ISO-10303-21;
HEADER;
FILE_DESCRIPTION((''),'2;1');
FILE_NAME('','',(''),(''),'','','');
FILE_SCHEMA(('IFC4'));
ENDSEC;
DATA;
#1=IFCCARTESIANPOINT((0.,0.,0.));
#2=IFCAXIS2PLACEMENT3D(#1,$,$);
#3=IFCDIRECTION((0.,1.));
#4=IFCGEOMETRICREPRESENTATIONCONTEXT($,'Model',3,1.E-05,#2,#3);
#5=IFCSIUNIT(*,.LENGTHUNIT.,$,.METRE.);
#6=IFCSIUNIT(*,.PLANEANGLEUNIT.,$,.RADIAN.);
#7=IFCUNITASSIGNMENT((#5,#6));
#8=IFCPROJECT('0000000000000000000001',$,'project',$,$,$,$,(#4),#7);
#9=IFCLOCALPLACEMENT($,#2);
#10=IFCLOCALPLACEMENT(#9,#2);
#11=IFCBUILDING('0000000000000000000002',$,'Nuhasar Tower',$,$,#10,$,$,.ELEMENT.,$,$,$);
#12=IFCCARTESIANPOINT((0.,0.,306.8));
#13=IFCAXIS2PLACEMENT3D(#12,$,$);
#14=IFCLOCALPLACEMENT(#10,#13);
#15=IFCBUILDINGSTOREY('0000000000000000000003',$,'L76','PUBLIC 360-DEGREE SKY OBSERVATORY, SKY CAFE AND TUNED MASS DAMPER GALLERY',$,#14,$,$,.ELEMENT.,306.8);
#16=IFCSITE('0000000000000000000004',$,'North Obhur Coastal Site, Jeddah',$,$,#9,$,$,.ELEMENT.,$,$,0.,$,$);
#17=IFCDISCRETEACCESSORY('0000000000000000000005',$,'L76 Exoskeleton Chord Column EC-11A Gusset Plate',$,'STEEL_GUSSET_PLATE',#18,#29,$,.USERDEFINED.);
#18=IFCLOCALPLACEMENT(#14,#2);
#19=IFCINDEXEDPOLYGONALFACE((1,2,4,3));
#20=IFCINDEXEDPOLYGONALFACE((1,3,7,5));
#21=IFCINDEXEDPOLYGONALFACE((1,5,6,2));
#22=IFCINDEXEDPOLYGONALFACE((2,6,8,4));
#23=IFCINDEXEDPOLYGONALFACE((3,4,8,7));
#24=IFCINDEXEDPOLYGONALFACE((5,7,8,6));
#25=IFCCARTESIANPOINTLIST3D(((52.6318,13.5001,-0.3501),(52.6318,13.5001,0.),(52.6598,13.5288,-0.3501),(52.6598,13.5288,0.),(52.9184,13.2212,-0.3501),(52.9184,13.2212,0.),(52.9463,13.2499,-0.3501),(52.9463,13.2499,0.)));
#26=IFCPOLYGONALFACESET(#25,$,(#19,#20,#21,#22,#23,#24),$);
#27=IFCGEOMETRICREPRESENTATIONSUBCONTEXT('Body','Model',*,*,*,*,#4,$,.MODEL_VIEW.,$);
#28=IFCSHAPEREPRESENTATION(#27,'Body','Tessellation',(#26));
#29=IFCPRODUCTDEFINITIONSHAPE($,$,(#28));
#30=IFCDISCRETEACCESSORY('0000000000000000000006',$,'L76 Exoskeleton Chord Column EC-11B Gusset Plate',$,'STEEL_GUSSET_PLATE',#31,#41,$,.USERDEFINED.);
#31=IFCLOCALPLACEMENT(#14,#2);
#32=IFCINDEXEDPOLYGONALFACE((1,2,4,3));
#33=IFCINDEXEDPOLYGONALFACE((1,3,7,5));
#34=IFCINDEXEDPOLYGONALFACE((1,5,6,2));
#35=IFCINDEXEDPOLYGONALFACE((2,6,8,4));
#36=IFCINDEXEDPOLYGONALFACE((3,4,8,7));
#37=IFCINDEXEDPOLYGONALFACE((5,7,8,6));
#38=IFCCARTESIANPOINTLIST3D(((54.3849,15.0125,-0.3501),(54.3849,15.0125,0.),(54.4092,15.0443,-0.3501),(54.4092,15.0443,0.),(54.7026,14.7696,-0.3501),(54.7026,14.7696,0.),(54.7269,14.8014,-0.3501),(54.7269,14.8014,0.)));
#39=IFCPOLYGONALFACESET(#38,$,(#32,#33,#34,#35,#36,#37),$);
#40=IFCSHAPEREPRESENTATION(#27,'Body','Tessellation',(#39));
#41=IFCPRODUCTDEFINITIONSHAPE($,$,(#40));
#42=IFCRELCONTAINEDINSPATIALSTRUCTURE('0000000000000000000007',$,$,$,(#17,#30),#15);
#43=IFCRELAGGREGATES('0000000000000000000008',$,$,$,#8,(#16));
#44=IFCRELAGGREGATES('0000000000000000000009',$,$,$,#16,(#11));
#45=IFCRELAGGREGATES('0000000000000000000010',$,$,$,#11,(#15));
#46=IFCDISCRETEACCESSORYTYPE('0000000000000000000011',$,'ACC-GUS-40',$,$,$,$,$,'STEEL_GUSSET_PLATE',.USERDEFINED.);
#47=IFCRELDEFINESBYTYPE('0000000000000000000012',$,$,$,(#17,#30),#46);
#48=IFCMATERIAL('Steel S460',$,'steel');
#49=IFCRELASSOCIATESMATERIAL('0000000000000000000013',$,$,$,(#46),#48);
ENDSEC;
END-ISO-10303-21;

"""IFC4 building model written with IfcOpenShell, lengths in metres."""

from ifc_helpers import new_model, si_unit, direction, frame, origin, origin_2d, place, context, subcontext, project, spatial, rectangle, extrude, material, type_object, element, save


model = new_model("IFC4")

# Units and contexts
model_context = context("Model", 3, precision=1e-05, world=origin(), true_north=direction((0.0, 1.0)))
body_context = subcontext(model_context, "Body", "Model", "MODEL_VIEW")
ifc_project = project(units=[si_unit("LENGTHUNIT", "METRE"), si_unit("PLANEANGLEUNIT", "RADIAN")], contexts=[model_context])

# Site, building, storey
site_placement = place(None, origin())
site = spatial("IfcSite", under=ifc_project, at=site_placement, Name="North Obhur Coastal Site, Jeddah", CompositionType="ELEMENT", RefElevation=0.0)
building_placement = place(site_placement, origin())
building = spatial("IfcBuilding", under=site, at=building_placement, Name="Nuhasar Tower", CompositionType="ELEMENT")
storey_placement = place(building_placement, frame((0.0, 0.0, 306.8)))
storey = spatial("IfcBuildingStorey", under=building, at=storey_placement, Name="L76", Description="PUBLIC 360-DEGREE SKY OBSERVATORY, SKY CAFE AND TUNED MASS DAMPER GALLERY", CompositionType="ELEMENT", Elevation=306.8)

# Shared definitions
ifc_material_1 = material(Name="Steel S460", Category="steel")

# Discrete accessories
discrete_accessory_type_1 = type_object("IfcDiscreteAccessoryType", Name="ACC-GUS-40", ElementType="STEEL_GUSSET_PLATE", PredefinedType="USERDEFINED", material=ifc_material_1)
for number, where, z_axis, x_axis, name in (
    (1, (52.7891, 13.375, -0.3501), (0.0, 0.0, 1.0), (0.716509, -0.697578, 0.0), "L76 Exoskeleton Chord Column EC-11A Gusset Plate"),
    (2, (54.5559, 14.907, -0.3501), (0.0, 0.0, 1.0), (0.794436, -0.607348, 0.0), "L76 Exoskeleton Chord Column EC-11B Gusset Plate"),
):
    element("IfcDiscreteAccessory", number, at=place(storey_placement, frame(where, z_axis=z_axis, x_axis=x_axis)), inside=storey, type_object=discrete_accessory_type_1, Name=name, ObjectType="STEEL_GUSSET_PLATE", PredefinedType="USERDEFINED", context=body_context, shape_type="SweptSolid", body=[
        extrude(rectangle(XDim=0.3999, YDim=0.04, at=origin_2d()), origin(), (0.0, 0.0, 1.0), 0.3501),
    ])

save(model, "model.ifc")
